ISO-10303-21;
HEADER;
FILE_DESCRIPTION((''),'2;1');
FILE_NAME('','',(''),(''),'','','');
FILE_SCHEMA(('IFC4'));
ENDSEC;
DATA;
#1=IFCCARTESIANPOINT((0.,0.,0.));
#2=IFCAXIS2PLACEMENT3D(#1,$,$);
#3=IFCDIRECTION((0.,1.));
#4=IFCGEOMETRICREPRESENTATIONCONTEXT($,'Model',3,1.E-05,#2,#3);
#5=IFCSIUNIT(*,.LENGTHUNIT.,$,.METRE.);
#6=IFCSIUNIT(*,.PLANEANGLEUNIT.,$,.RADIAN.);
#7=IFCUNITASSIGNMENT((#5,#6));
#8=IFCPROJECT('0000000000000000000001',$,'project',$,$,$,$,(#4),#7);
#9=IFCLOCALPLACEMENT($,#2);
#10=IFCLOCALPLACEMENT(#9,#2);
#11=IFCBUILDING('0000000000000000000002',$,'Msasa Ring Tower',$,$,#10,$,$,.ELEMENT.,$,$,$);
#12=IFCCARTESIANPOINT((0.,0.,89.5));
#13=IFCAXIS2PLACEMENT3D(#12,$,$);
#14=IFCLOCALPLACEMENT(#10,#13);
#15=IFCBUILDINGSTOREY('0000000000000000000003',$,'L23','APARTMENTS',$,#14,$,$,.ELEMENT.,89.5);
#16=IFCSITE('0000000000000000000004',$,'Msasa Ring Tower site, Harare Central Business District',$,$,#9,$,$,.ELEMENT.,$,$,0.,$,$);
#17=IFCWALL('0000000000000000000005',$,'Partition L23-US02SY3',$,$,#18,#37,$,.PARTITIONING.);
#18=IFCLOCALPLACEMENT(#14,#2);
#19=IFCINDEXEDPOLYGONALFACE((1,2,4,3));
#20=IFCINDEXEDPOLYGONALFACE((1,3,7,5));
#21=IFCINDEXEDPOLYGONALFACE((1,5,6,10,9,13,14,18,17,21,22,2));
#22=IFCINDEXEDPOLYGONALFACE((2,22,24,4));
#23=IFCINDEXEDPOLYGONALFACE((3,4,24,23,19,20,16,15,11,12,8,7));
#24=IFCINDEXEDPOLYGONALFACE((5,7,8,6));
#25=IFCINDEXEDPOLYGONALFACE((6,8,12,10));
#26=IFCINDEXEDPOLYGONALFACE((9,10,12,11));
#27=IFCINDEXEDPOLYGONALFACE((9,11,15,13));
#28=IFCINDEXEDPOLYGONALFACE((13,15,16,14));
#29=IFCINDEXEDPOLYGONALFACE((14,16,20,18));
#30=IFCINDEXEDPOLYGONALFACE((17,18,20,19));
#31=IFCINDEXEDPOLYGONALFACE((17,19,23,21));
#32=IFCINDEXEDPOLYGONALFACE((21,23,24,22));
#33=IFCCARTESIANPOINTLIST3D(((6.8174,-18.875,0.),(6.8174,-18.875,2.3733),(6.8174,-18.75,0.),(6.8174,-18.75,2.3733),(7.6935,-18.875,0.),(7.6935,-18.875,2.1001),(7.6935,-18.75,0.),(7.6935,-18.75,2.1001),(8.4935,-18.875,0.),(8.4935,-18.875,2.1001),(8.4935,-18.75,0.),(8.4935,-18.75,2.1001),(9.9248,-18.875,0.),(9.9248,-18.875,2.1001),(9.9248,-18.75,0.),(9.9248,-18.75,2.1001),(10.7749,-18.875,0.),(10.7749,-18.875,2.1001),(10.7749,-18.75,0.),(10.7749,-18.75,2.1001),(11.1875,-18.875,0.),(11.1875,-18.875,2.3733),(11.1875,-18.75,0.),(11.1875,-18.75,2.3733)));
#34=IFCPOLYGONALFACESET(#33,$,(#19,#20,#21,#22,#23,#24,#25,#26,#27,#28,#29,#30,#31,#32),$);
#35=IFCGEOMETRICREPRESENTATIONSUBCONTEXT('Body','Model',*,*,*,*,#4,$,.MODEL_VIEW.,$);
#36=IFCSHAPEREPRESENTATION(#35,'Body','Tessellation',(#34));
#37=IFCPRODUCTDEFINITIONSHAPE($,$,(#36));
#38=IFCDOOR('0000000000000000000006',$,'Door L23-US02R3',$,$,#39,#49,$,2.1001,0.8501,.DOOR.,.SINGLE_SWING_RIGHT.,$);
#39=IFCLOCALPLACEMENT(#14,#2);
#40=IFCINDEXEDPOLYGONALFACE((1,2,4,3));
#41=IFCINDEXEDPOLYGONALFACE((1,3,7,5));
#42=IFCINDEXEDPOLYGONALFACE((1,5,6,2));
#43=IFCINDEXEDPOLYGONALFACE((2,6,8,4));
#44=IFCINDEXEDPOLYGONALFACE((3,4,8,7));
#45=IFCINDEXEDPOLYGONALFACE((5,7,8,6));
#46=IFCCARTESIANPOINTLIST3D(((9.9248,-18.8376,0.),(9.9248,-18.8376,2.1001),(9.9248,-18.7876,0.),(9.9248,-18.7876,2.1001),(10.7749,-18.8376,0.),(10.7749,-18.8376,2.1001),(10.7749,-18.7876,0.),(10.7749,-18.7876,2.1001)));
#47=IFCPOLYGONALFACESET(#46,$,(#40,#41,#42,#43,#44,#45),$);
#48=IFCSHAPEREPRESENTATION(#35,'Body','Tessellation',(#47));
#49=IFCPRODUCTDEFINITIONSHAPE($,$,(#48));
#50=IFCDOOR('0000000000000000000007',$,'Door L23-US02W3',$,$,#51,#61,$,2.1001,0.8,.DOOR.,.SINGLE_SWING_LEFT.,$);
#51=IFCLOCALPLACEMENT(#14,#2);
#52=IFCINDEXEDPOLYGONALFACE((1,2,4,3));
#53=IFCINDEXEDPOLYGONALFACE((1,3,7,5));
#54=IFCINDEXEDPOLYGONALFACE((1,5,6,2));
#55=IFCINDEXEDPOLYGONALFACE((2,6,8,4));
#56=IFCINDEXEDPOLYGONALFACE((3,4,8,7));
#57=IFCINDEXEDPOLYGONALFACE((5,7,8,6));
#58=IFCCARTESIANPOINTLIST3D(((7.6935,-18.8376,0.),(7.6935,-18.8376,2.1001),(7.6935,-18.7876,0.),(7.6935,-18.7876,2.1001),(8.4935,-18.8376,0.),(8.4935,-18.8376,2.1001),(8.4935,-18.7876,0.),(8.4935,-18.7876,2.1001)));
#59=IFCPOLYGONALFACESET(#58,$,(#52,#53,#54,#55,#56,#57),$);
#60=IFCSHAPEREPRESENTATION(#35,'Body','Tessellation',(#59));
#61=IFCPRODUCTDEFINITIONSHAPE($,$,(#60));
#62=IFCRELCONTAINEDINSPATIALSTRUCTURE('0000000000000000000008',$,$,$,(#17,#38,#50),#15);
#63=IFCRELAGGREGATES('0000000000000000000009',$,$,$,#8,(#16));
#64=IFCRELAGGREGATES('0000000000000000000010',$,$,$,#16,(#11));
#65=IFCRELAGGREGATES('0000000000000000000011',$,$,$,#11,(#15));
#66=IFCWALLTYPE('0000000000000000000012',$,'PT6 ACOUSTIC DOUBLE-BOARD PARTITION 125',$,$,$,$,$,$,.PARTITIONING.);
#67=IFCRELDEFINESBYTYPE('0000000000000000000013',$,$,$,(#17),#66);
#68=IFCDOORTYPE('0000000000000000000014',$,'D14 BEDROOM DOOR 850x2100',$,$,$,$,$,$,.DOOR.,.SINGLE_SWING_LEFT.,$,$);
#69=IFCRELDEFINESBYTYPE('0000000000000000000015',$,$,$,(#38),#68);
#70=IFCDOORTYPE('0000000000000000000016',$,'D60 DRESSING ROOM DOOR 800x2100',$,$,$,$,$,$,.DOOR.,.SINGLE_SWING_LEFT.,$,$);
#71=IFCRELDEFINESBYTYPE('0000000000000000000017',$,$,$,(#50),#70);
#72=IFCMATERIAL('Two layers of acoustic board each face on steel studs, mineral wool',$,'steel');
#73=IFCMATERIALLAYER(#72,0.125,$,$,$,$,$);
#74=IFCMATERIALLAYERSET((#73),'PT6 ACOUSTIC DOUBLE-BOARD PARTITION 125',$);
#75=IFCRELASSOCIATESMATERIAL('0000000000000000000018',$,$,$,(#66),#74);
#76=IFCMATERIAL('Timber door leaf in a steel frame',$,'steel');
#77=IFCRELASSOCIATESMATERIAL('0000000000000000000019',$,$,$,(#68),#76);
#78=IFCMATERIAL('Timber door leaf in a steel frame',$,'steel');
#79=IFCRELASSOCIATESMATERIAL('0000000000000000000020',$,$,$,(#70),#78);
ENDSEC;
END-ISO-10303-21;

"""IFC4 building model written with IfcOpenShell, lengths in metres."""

from ifc_helpers import new_model, si_unit, direction, frame, frame_2d, origin, place, context, subcontext, project, spatial, rectangle, extrude, material, layer, layer_set, type_object, element, fill, save


model = new_model("IFC4")

# Units and contexts
model_context = context("Model", 3, precision=1e-05, world=origin(), true_north=direction((0.0, 1.0)))
body_context = subcontext(model_context, "Body", "Model", "MODEL_VIEW")
ifc_project = project(units=[si_unit("LENGTHUNIT", "METRE"), si_unit("PLANEANGLEUNIT", "RADIAN")], contexts=[model_context])

# Site, building, storey
site_placement = place(None, origin())
site = spatial("IfcSite", under=ifc_project, at=site_placement, Name="Msasa Ring Tower site, Harare Central Business District", CompositionType="ELEMENT", RefElevation=0.0)
building_placement = place(site_placement, origin())
building = spatial("IfcBuilding", under=site, at=building_placement, Name="Msasa Ring Tower", CompositionType="ELEMENT")
storey_placement = place(building_placement, frame((0.0, 0.0, 89.5)))
storey = spatial("IfcBuildingStorey", under=building, at=storey_placement, Name="L23", Description="APARTMENTS", CompositionType="ELEMENT", Elevation=89.5)

# Shared definitions
ifc_material_1 = material(Name="Two layers of acoustic board each face on steel studs, mineral wool", Category="steel")
ifc_layer_1 = layer(ifc_material_1, 0.125)
ifc_layer_set_1 = layer_set([ifc_layer_1], Name="PT6 ACOUSTIC DOUBLE-BOARD PARTITION 125")
wall_type_1 = type_object("IfcWallType", Name="PT6 ACOUSTIC DOUBLE-BOARD PARTITION 125", PredefinedType="PARTITIONING", material=ifc_layer_set_1)

# Shared definitions
ifc_material_2 = material(Name="Timber door leaf in a steel frame", Category="steel")
door_type_1 = type_object("IfcDoorType", Name="D14 BEDROOM DOOR 850x2100", OperationType="SINGLE_SWING_LEFT", PredefinedType="DOOR", material=ifc_material_2)
ifc_material_3 = material(Name="Timber door leaf in a steel frame", Category="steel")
door_type_2 = type_object("IfcDoorType", Name="D60 DRESSING ROOM DOOR 800x2100", OperationType="SINGLE_SWING_LEFT", PredefinedType="DOOR", material=ifc_material_3)

# Wall, openings, doors
wall_1_placement = place(storey_placement, frame((6.8174, -18.8125, 0.0), z_axis=(0.0, 0.0, 1.0), x_axis=(1.0, 0.0, 0.0)))
wall_1 = element("IfcWall", 1, at=wall_1_placement, inside=storey, type_object=wall_type_1, Name="Partition L23-US02SY3", PredefinedType="PARTITIONING", context=body_context, shape_type="SweptSolid", body=[
    extrude(rectangle(XDim=4.3701, YDim=0.125, at=frame_2d((2.1851, 0.0))), origin(), (0.0, 0.0, 1.0), 2.3733),
])
opening_1_placement = place(wall_1_placement, frame((3.1074, 0.0, 0.0)))
opening_1 = element("IfcOpeningElement", 2, at=opening_1_placement, cuts=wall_1, PredefinedType="OPENING", context=body_context, shape_type="SweptSolid", body=[
    extrude(rectangle(XDim=0.8501, YDim=2.1001, at=frame_2d((0.425, 1.05))), frame((0.0, 0.0725, 0.0), z_axis=(0.0, -1.0, 0.0), x_axis=(1.0, 0.0, 0.0)), (0.0, 0.0, 1.0), 0.145),
])
opening_2_placement = place(wall_1_placement, frame((0.8762, 0.0, 0.0)))
opening_2 = element("IfcOpeningElement", 3, at=opening_2_placement, cuts=wall_1, PredefinedType="OPENING", context=body_context, shape_type="SweptSolid", body=[
    extrude(rectangle(XDim=0.8, YDim=2.1001, at=frame_2d((0.3999, 1.05))), frame((0.0, 0.0725, 0.0), z_axis=(0.0, -1.0, 0.0), x_axis=(1.0, 0.0, 0.0)), (0.0, 0.0, 1.0), 0.145),
])
door_1_placement = place(opening_1_placement, origin())
door_1 = element("IfcDoor", 4, at=door_1_placement, inside=storey, type_object=door_type_1, Name="Door L23-US02R3", OperationType="SINGLE_SWING_RIGHT", OverallHeight=2.1001, OverallWidth=0.8501, PredefinedType="DOOR", context=body_context, shape_type="SweptSolid", body=[
    extrude(rectangle(XDim=0.8501, YDim=2.1001, at=frame_2d((0.425, 1.05))), frame((0.0, 0.0249, 0.0), z_axis=(0.0, -1.0, 0.0), x_axis=(1.0, 0.0, 0.0)), (0.0, 0.0, 1.0), 0.05),
])
fill(opening_1, door_1)
door_2_placement = place(opening_2_placement, origin())
door_2 = element("IfcDoor", 5, at=door_2_placement, inside=storey, type_object=door_type_2, Name="Door L23-US02W3", OperationType="SINGLE_SWING_LEFT", OverallHeight=2.1001, OverallWidth=0.8, PredefinedType="DOOR", context=body_context, shape_type="SweptSolid", body=[
    extrude(rectangle(XDim=0.8, YDim=2.1001, at=frame_2d((0.3999, 1.05))), frame((0.0, 0.0249, 0.0), z_axis=(0.0, -1.0, 0.0), x_axis=(1.0, 0.0, 0.0)), (0.0, 0.0, 1.0), 0.05),
])
fill(opening_2, door_2)

save(model, "model.ifc")
